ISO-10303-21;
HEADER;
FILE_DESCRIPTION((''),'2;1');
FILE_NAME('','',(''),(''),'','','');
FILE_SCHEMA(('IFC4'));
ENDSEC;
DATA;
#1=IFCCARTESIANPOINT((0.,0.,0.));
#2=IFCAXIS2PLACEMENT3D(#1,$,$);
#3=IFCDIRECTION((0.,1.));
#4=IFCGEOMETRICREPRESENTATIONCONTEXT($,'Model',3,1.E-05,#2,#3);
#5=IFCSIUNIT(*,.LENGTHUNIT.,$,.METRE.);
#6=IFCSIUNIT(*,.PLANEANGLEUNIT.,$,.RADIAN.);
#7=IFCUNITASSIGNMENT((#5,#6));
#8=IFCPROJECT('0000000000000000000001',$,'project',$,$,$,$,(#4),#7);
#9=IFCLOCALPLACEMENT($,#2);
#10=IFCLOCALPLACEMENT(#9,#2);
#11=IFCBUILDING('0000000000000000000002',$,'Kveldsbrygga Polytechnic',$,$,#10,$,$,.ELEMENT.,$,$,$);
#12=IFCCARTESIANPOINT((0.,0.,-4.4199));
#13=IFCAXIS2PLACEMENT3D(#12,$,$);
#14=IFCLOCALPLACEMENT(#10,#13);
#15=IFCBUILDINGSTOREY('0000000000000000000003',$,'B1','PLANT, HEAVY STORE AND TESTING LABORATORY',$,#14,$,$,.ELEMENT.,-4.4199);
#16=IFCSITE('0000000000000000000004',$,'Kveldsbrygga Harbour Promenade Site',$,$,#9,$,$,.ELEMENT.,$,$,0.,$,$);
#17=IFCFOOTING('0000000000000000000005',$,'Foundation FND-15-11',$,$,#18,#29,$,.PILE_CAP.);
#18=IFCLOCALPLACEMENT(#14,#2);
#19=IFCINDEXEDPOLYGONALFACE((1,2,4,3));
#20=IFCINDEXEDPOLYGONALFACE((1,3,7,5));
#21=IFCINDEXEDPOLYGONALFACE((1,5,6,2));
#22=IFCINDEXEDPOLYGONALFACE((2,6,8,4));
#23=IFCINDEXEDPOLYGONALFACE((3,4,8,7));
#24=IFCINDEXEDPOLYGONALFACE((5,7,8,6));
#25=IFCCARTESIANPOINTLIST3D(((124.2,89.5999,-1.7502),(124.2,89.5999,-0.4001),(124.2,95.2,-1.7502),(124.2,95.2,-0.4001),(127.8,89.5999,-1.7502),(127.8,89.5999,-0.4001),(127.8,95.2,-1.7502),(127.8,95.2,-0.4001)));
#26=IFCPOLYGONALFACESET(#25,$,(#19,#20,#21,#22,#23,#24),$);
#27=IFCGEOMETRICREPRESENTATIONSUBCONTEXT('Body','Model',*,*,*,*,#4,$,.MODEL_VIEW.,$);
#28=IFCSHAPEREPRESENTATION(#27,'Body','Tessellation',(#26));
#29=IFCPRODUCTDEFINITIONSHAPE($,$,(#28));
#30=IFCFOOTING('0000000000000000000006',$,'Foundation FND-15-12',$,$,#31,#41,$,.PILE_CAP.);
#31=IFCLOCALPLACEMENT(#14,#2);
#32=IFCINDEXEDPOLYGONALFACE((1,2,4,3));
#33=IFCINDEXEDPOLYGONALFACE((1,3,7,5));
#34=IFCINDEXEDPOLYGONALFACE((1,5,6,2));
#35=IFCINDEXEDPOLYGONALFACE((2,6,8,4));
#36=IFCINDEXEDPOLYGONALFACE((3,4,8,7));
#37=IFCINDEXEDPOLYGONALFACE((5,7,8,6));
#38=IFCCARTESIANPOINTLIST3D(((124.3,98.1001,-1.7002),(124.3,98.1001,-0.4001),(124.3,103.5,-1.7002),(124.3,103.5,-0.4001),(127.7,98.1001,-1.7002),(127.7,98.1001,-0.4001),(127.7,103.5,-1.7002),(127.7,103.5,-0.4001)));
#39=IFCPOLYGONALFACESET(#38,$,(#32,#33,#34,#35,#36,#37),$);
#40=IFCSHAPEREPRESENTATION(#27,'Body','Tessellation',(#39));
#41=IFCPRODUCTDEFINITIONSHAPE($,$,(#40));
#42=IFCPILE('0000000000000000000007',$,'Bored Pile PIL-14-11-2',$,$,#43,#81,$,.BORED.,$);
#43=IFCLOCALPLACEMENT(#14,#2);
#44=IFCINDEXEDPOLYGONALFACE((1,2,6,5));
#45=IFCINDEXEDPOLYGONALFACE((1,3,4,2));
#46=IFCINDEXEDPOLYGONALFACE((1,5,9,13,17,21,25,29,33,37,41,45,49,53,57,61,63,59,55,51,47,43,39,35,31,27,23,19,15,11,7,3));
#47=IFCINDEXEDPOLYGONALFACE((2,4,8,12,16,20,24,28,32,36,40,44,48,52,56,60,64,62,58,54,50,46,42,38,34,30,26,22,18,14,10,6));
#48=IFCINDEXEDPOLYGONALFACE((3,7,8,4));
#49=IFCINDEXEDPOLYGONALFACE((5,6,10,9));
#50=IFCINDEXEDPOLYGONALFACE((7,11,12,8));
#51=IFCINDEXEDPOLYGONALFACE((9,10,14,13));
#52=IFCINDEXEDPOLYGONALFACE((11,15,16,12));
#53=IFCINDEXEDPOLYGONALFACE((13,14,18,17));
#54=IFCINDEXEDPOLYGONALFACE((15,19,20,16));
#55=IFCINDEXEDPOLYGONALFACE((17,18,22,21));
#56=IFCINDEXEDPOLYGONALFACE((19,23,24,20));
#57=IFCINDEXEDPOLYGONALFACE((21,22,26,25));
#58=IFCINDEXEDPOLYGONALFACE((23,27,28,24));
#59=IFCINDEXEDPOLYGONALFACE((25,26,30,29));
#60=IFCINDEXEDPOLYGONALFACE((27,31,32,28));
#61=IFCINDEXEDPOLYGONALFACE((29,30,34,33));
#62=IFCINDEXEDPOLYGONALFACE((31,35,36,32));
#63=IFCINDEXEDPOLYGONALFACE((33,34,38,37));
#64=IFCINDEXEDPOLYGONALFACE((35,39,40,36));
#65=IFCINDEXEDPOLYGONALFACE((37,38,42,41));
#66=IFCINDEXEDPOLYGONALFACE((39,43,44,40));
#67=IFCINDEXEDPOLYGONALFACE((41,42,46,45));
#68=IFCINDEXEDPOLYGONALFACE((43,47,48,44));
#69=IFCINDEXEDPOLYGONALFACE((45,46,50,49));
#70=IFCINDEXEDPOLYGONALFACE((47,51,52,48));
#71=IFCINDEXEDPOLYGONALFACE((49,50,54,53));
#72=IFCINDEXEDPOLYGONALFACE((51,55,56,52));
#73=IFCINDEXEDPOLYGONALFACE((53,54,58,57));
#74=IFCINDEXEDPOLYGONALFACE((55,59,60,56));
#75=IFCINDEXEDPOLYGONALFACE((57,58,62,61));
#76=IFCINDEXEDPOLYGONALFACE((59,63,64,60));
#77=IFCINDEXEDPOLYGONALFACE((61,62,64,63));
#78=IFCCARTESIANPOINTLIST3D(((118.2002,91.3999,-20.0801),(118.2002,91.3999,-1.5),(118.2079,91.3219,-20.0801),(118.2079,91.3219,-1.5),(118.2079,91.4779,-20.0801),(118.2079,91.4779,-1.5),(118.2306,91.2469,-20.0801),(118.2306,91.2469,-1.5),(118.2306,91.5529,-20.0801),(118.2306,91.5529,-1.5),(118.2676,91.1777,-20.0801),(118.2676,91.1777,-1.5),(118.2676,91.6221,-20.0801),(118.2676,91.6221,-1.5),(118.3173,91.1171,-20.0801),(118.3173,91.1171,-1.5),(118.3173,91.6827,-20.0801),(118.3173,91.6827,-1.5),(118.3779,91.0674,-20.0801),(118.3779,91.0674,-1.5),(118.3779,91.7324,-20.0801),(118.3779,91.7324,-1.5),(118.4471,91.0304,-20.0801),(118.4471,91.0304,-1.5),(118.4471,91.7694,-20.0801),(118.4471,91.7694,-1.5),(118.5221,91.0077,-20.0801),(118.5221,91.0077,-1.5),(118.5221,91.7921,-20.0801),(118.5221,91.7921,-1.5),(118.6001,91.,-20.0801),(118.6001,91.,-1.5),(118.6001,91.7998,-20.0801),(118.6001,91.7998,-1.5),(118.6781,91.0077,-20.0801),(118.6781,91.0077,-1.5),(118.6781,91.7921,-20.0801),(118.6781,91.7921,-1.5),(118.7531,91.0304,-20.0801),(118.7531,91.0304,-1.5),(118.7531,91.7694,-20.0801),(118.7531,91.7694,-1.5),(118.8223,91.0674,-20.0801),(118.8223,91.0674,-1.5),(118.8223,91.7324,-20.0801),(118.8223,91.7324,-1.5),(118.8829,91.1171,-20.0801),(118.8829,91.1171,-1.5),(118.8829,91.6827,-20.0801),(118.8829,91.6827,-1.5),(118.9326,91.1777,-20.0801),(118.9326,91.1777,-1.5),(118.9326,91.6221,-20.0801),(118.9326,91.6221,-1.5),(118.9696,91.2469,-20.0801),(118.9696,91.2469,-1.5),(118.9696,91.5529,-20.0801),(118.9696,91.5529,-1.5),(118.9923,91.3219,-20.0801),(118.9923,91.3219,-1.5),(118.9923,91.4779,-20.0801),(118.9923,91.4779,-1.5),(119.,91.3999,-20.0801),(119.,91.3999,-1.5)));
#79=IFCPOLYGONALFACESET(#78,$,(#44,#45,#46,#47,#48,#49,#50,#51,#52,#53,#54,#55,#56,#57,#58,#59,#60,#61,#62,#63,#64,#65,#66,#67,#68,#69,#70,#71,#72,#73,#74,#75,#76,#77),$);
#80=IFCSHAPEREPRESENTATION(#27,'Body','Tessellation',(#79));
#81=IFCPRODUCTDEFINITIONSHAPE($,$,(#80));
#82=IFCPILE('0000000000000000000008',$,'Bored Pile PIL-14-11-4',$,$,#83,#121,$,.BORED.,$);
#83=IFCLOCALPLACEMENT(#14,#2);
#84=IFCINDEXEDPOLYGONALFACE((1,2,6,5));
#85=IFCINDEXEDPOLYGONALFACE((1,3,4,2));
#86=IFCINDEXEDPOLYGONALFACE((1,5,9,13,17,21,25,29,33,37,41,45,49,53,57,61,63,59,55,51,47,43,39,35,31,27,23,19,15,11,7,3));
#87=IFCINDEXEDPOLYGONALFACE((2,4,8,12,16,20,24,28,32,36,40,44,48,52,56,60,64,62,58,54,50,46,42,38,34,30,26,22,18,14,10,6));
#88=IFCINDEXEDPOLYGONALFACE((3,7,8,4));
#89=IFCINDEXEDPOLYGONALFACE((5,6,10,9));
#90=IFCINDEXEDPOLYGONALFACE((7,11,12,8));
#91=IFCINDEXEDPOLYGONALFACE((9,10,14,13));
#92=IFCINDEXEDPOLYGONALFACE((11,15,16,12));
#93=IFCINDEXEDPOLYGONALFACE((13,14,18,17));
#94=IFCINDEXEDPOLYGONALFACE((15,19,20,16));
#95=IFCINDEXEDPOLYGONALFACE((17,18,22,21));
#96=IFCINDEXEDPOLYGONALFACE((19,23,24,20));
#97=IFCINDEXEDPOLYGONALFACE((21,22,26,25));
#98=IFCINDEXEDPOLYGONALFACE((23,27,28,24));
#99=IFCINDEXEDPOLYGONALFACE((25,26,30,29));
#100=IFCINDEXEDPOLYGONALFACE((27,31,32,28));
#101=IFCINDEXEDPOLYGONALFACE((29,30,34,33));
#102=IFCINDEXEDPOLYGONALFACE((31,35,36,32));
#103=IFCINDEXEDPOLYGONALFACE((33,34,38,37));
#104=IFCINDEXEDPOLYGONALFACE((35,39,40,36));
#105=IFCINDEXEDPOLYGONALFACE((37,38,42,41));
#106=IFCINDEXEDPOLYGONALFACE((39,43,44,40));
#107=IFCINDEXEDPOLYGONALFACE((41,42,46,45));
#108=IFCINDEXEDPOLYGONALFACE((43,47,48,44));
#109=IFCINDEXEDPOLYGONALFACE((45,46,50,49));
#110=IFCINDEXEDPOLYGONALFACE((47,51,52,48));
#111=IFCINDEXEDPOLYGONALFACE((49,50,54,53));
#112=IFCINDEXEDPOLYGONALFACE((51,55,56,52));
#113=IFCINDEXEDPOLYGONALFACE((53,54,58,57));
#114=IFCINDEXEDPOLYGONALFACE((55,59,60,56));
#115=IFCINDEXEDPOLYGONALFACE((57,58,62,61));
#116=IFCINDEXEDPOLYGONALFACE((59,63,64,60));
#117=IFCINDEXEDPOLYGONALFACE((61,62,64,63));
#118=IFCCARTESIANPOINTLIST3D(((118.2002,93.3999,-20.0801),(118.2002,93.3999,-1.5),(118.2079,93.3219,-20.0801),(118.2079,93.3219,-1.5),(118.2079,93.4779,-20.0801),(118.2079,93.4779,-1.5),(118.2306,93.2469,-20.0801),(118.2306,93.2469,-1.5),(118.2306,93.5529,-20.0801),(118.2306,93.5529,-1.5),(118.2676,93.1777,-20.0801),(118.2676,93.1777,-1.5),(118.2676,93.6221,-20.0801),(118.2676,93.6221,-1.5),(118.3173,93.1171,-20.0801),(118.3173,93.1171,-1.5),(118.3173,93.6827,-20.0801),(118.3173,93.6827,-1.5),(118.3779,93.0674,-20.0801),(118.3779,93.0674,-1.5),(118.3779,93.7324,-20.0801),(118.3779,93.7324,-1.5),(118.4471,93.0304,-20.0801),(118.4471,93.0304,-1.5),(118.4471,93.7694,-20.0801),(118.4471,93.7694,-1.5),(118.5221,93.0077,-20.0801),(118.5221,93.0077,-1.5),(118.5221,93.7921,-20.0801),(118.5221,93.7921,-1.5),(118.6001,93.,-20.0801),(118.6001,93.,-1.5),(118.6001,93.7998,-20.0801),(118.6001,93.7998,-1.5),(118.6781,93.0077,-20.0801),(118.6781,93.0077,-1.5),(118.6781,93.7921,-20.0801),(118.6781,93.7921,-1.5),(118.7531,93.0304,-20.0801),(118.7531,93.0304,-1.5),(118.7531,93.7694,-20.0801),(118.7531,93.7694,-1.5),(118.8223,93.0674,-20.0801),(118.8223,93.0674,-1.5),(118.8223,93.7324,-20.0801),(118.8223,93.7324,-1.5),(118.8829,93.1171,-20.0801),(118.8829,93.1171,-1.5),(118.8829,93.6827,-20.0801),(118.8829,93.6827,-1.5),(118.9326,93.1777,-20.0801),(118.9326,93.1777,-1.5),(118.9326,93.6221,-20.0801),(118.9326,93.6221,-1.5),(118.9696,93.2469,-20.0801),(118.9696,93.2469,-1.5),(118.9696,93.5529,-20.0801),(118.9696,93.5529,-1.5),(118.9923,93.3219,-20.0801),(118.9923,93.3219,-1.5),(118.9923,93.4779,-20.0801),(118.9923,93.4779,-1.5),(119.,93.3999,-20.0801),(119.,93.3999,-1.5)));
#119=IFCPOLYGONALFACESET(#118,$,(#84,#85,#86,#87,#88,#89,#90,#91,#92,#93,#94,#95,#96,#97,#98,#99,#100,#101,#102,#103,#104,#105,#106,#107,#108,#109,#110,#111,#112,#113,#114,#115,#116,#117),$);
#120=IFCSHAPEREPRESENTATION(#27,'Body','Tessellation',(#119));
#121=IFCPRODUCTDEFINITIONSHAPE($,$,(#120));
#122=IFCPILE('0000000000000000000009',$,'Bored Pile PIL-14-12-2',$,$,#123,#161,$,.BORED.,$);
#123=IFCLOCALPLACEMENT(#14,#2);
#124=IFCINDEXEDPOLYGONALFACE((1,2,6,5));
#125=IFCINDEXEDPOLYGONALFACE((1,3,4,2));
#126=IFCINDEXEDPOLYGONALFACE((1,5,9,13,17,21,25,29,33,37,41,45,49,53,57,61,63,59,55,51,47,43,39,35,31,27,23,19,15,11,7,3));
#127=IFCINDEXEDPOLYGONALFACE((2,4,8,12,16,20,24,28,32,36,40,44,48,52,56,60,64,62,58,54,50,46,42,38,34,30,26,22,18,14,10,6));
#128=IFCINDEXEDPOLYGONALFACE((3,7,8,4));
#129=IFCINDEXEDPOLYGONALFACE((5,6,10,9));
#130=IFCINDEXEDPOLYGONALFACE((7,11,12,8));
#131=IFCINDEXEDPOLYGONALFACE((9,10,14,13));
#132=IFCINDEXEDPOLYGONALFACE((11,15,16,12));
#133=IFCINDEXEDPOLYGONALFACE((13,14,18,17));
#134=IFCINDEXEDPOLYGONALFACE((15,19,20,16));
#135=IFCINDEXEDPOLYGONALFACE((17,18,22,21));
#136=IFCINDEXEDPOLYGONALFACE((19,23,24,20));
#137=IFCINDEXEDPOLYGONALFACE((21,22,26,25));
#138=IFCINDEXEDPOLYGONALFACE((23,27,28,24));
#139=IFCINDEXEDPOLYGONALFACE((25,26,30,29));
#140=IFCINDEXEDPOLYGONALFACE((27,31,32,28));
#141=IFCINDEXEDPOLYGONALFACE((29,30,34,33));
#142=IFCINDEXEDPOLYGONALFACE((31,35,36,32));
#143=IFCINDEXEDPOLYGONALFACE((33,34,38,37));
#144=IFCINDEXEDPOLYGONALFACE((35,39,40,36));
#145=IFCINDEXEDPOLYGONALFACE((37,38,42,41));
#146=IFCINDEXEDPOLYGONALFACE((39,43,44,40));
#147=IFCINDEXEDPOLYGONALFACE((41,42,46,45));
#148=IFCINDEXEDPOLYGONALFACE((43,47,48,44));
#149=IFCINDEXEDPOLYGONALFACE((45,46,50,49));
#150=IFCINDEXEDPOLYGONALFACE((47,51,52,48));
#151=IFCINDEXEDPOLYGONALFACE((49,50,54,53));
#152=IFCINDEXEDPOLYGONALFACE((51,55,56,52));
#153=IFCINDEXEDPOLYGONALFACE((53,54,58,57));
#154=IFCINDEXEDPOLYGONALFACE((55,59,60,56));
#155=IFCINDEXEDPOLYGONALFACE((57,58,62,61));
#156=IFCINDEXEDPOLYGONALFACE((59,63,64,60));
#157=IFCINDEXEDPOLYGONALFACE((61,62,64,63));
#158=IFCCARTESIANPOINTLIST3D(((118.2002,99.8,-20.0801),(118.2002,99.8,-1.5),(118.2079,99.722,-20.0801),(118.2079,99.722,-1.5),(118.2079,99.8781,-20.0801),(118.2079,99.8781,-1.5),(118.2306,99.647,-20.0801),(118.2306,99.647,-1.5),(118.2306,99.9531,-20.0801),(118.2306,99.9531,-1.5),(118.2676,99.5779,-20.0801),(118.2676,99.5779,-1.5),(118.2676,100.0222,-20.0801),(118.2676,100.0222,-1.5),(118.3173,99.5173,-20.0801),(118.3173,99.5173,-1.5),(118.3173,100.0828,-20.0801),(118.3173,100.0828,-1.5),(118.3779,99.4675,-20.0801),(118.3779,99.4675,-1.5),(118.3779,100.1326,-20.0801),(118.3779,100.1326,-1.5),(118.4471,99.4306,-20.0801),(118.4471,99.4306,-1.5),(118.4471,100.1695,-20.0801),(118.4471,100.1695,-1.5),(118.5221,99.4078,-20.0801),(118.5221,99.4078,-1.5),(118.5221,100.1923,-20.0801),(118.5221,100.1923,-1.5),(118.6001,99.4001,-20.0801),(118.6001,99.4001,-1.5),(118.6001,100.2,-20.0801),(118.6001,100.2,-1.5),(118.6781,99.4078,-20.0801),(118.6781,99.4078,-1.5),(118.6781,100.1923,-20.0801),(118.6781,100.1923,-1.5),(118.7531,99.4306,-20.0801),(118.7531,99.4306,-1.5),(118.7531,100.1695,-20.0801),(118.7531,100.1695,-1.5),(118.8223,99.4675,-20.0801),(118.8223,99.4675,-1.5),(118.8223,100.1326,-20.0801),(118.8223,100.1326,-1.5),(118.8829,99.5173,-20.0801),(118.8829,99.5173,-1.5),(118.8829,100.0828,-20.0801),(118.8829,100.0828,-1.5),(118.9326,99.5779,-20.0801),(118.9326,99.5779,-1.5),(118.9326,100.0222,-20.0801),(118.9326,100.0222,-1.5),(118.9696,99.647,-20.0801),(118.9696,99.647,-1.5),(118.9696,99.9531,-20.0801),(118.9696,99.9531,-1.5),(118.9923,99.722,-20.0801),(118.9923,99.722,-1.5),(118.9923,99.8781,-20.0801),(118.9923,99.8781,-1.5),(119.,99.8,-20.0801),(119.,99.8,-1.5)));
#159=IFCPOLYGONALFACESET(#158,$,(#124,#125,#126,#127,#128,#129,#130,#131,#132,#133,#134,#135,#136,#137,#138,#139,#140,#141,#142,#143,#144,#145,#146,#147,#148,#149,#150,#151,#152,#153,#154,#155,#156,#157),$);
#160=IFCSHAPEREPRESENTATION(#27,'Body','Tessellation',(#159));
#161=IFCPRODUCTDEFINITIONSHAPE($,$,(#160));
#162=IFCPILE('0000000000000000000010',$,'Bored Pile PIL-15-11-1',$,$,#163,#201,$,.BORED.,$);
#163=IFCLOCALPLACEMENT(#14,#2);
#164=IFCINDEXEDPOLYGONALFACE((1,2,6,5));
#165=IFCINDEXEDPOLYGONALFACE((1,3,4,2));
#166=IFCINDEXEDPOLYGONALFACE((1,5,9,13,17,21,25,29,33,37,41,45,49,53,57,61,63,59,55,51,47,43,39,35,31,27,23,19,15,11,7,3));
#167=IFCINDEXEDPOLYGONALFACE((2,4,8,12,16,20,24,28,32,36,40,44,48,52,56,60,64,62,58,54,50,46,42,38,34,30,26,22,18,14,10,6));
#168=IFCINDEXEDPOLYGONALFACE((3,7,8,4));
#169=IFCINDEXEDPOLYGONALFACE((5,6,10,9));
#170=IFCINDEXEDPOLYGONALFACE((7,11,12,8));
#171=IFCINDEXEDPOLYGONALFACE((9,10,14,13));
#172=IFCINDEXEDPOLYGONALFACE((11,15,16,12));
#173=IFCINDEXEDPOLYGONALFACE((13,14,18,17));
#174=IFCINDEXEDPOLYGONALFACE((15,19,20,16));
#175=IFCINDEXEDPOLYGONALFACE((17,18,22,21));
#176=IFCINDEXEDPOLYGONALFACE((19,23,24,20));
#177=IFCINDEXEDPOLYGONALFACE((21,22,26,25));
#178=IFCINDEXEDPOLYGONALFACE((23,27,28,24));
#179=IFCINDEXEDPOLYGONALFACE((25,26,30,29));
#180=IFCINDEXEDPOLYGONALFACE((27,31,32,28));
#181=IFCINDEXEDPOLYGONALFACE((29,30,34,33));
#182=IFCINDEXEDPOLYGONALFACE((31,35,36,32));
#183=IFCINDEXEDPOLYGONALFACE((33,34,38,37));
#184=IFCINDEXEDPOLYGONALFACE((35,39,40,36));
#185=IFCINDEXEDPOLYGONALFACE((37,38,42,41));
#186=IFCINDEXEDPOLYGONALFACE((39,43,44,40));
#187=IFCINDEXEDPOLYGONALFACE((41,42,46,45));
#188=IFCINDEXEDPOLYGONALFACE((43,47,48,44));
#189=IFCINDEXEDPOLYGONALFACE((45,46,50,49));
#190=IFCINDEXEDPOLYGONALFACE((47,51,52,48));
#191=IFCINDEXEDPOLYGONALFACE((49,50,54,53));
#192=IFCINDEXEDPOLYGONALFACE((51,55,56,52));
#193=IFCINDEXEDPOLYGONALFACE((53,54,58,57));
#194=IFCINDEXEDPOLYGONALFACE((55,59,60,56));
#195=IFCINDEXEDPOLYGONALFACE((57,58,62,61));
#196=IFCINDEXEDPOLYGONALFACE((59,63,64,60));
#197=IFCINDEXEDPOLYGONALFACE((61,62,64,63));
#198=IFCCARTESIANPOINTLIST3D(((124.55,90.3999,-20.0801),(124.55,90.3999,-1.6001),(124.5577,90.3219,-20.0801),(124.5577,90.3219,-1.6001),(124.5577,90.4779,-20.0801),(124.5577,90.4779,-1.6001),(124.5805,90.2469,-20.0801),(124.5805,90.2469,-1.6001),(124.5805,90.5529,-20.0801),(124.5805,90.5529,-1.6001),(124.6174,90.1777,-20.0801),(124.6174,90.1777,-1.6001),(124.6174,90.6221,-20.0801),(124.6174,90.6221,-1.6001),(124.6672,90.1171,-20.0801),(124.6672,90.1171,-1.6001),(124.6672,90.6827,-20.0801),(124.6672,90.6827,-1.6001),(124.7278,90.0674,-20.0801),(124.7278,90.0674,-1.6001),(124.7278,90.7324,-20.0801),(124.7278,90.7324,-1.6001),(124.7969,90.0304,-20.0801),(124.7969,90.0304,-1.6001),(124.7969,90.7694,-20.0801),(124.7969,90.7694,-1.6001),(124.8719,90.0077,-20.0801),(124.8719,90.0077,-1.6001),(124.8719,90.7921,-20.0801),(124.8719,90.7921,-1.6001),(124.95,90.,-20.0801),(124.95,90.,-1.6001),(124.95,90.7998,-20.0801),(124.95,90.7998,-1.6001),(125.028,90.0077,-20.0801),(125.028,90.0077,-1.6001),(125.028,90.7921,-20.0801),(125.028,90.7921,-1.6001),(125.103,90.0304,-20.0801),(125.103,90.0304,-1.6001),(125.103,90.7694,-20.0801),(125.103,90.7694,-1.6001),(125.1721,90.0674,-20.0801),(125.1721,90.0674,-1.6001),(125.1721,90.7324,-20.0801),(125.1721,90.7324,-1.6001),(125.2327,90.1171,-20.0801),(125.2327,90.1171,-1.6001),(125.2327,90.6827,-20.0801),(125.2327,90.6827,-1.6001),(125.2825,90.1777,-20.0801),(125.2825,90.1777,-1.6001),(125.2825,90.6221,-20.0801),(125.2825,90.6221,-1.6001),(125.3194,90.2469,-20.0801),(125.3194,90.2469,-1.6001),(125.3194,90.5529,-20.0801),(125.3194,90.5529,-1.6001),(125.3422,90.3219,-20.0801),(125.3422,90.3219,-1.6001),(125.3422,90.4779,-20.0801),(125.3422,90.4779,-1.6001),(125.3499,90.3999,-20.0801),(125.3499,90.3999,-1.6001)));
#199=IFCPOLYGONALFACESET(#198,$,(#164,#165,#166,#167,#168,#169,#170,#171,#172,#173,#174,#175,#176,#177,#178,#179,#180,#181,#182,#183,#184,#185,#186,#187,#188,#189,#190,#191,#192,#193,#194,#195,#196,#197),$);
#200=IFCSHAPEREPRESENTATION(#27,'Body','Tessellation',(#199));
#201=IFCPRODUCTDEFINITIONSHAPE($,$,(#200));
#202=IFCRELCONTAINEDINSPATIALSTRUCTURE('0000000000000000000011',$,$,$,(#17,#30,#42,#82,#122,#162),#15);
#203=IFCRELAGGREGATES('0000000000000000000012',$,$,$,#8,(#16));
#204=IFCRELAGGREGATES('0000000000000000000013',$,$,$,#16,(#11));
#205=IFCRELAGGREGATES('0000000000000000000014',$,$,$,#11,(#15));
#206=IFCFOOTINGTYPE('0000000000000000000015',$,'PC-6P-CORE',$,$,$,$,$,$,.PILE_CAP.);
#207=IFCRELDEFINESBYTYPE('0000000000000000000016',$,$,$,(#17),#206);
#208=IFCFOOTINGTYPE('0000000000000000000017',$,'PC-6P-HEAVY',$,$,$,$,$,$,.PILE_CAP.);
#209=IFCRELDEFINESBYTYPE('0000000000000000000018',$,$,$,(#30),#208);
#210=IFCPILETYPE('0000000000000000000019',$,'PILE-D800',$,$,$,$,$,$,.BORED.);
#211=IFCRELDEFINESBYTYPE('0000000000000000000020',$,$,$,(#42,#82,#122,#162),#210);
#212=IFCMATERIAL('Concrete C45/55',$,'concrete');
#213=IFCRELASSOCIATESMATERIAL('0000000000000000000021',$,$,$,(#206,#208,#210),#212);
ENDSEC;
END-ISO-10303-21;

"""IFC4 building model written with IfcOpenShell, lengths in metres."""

from ifc_helpers import new_model, si_unit, direction, frame, origin, origin_2d, place, context, subcontext, project, spatial, rectangle, circle, extrude, material, material_profile, profile_set, type_object, element, save


model = new_model("IFC4")

# Units and contexts
model_context = context("Model", 3, precision=1e-05, world=origin(), true_north=direction((0.0, 1.0)))
body_context = subcontext(model_context, "Body", "Model", "MODEL_VIEW")
ifc_project = project(units=[si_unit("LENGTHUNIT", "METRE"), si_unit("PLANEANGLEUNIT", "RADIAN")], contexts=[model_context])

# Site, building, storey
site_placement = place(None, origin())
site = spatial("IfcSite", under=ifc_project, at=site_placement, Name="Kveldsbrygga Harbour Promenade Site", CompositionType="ELEMENT", RefElevation=0.0)
building_placement = place(site_placement, origin())
building = spatial("IfcBuilding", under=site, at=building_placement, Name="Kveldsbrygga Polytechnic", CompositionType="ELEMENT")
storey_placement = place(building_placement, frame((0.0, 0.0, -4.4199)))
storey = spatial("IfcBuildingStorey", under=building, at=storey_placement, Name="B1", Description="PLANT, HEAVY STORE AND TESTING LABORATORY", CompositionType="ELEMENT", Elevation=-4.4199)

# Footings
ifc_material_1 = material(Name="Concrete C45/55", Category="concrete")
footing_type_1 = type_object("IfcFootingType", Name="PC-6P-CORE", PredefinedType="PILE_CAP", material=ifc_material_1)
footing_1_placement = place(storey_placement, frame((126.0, 92.3999, -1.7502), z_axis=(0.0, 0.0, 1.0), x_axis=(1.0, 0.0, 0.0)))
element("IfcFooting", 1, at=footing_1_placement, inside=storey, type_object=footing_type_1, Name="Foundation FND-15-11", PredefinedType="PILE_CAP", context=body_context, shape_type="SweptSolid", body=[
    extrude(rectangle(XDim=3.6001, YDim=5.6001, at=origin_2d()), origin(), (0.0, 0.0, 1.0), 1.3501),
])
footing_type_2 = type_object("IfcFootingType", Name="PC-6P-HEAVY", PredefinedType="PILE_CAP", material=ifc_material_1)
footing_2_placement = place(storey_placement, frame((126.0, 100.8, -1.7002), z_axis=(0.0, 0.0, 1.0), x_axis=(1.0, 0.0, 0.0)))
element("IfcFooting", 2, at=footing_2_placement, inside=storey, type_object=footing_type_2, Name="Foundation FND-15-12", PredefinedType="PILE_CAP", context=body_context, shape_type="SweptSolid", body=[
    extrude(rectangle(XDim=3.3999, YDim=5.3999, at=origin_2d()), origin(), (0.0, 0.0, 1.0), 1.3),
])

# Piles
ifc_material_profile_1 = material_profile(ifc_material_1, circle(Radius=0.3999, at=origin_2d()), Name="PILE D800")
ifc_profile_set_1 = profile_set([ifc_material_profile_1], Name="Concrete C45/55")
pile_type = type_object("IfcPileType", Name="PILE-D800", PredefinedType="BORED", material=ifc_profile_set_1)
for number, where, z_axis, x_axis, name in (
    (3, (118.6001, 91.3999, -1.5), (0.0, 0.0, -1.0), (1.0, 0.0, 0.0), "Bored Pile PIL-14-11-2"),
    (4, (118.6001, 93.3999, -1.5), (0.0, 0.0, -1.0), (1.0, 0.0, 0.0), "Bored Pile PIL-14-11-4"),
    (5, (118.6001, 99.8, -1.5), (0.0, 0.0, -1.0), (1.0, 0.0, 0.0), "Bored Pile PIL-14-12-2"),
):
    element("IfcPile", number, at=place(storey_placement, frame(where, z_axis=z_axis, x_axis=x_axis)), inside=storey, type_object=pile_type, Name=name, PredefinedType="BORED", context=body_context, shape_type="SweptSolid", body=[
        extrude(circle(Radius=0.3999, at=origin_2d()), origin(), (0.0, 0.0, 1.0), 18.5801),
    ])
for number, where, z_axis, x_axis, name in (
    (6, (124.95, 90.3999, -1.6001), (0.0, 0.0, -1.0), (1.0, 0.0, 0.0), "Bored Pile PIL-15-11-1"),
):
    element("IfcPile", number, at=place(storey_placement, frame(where, z_axis=z_axis, x_axis=x_axis)), inside=storey, type_object=pile_type, Name=name, PredefinedType="BORED", context=body_context, shape_type="SweptSolid", body=[
        extrude(circle(Radius=0.3999, at=origin_2d()), origin(), (0.0, 0.0, 1.0), 18.48),
    ])

save(model, "model.ifc")
